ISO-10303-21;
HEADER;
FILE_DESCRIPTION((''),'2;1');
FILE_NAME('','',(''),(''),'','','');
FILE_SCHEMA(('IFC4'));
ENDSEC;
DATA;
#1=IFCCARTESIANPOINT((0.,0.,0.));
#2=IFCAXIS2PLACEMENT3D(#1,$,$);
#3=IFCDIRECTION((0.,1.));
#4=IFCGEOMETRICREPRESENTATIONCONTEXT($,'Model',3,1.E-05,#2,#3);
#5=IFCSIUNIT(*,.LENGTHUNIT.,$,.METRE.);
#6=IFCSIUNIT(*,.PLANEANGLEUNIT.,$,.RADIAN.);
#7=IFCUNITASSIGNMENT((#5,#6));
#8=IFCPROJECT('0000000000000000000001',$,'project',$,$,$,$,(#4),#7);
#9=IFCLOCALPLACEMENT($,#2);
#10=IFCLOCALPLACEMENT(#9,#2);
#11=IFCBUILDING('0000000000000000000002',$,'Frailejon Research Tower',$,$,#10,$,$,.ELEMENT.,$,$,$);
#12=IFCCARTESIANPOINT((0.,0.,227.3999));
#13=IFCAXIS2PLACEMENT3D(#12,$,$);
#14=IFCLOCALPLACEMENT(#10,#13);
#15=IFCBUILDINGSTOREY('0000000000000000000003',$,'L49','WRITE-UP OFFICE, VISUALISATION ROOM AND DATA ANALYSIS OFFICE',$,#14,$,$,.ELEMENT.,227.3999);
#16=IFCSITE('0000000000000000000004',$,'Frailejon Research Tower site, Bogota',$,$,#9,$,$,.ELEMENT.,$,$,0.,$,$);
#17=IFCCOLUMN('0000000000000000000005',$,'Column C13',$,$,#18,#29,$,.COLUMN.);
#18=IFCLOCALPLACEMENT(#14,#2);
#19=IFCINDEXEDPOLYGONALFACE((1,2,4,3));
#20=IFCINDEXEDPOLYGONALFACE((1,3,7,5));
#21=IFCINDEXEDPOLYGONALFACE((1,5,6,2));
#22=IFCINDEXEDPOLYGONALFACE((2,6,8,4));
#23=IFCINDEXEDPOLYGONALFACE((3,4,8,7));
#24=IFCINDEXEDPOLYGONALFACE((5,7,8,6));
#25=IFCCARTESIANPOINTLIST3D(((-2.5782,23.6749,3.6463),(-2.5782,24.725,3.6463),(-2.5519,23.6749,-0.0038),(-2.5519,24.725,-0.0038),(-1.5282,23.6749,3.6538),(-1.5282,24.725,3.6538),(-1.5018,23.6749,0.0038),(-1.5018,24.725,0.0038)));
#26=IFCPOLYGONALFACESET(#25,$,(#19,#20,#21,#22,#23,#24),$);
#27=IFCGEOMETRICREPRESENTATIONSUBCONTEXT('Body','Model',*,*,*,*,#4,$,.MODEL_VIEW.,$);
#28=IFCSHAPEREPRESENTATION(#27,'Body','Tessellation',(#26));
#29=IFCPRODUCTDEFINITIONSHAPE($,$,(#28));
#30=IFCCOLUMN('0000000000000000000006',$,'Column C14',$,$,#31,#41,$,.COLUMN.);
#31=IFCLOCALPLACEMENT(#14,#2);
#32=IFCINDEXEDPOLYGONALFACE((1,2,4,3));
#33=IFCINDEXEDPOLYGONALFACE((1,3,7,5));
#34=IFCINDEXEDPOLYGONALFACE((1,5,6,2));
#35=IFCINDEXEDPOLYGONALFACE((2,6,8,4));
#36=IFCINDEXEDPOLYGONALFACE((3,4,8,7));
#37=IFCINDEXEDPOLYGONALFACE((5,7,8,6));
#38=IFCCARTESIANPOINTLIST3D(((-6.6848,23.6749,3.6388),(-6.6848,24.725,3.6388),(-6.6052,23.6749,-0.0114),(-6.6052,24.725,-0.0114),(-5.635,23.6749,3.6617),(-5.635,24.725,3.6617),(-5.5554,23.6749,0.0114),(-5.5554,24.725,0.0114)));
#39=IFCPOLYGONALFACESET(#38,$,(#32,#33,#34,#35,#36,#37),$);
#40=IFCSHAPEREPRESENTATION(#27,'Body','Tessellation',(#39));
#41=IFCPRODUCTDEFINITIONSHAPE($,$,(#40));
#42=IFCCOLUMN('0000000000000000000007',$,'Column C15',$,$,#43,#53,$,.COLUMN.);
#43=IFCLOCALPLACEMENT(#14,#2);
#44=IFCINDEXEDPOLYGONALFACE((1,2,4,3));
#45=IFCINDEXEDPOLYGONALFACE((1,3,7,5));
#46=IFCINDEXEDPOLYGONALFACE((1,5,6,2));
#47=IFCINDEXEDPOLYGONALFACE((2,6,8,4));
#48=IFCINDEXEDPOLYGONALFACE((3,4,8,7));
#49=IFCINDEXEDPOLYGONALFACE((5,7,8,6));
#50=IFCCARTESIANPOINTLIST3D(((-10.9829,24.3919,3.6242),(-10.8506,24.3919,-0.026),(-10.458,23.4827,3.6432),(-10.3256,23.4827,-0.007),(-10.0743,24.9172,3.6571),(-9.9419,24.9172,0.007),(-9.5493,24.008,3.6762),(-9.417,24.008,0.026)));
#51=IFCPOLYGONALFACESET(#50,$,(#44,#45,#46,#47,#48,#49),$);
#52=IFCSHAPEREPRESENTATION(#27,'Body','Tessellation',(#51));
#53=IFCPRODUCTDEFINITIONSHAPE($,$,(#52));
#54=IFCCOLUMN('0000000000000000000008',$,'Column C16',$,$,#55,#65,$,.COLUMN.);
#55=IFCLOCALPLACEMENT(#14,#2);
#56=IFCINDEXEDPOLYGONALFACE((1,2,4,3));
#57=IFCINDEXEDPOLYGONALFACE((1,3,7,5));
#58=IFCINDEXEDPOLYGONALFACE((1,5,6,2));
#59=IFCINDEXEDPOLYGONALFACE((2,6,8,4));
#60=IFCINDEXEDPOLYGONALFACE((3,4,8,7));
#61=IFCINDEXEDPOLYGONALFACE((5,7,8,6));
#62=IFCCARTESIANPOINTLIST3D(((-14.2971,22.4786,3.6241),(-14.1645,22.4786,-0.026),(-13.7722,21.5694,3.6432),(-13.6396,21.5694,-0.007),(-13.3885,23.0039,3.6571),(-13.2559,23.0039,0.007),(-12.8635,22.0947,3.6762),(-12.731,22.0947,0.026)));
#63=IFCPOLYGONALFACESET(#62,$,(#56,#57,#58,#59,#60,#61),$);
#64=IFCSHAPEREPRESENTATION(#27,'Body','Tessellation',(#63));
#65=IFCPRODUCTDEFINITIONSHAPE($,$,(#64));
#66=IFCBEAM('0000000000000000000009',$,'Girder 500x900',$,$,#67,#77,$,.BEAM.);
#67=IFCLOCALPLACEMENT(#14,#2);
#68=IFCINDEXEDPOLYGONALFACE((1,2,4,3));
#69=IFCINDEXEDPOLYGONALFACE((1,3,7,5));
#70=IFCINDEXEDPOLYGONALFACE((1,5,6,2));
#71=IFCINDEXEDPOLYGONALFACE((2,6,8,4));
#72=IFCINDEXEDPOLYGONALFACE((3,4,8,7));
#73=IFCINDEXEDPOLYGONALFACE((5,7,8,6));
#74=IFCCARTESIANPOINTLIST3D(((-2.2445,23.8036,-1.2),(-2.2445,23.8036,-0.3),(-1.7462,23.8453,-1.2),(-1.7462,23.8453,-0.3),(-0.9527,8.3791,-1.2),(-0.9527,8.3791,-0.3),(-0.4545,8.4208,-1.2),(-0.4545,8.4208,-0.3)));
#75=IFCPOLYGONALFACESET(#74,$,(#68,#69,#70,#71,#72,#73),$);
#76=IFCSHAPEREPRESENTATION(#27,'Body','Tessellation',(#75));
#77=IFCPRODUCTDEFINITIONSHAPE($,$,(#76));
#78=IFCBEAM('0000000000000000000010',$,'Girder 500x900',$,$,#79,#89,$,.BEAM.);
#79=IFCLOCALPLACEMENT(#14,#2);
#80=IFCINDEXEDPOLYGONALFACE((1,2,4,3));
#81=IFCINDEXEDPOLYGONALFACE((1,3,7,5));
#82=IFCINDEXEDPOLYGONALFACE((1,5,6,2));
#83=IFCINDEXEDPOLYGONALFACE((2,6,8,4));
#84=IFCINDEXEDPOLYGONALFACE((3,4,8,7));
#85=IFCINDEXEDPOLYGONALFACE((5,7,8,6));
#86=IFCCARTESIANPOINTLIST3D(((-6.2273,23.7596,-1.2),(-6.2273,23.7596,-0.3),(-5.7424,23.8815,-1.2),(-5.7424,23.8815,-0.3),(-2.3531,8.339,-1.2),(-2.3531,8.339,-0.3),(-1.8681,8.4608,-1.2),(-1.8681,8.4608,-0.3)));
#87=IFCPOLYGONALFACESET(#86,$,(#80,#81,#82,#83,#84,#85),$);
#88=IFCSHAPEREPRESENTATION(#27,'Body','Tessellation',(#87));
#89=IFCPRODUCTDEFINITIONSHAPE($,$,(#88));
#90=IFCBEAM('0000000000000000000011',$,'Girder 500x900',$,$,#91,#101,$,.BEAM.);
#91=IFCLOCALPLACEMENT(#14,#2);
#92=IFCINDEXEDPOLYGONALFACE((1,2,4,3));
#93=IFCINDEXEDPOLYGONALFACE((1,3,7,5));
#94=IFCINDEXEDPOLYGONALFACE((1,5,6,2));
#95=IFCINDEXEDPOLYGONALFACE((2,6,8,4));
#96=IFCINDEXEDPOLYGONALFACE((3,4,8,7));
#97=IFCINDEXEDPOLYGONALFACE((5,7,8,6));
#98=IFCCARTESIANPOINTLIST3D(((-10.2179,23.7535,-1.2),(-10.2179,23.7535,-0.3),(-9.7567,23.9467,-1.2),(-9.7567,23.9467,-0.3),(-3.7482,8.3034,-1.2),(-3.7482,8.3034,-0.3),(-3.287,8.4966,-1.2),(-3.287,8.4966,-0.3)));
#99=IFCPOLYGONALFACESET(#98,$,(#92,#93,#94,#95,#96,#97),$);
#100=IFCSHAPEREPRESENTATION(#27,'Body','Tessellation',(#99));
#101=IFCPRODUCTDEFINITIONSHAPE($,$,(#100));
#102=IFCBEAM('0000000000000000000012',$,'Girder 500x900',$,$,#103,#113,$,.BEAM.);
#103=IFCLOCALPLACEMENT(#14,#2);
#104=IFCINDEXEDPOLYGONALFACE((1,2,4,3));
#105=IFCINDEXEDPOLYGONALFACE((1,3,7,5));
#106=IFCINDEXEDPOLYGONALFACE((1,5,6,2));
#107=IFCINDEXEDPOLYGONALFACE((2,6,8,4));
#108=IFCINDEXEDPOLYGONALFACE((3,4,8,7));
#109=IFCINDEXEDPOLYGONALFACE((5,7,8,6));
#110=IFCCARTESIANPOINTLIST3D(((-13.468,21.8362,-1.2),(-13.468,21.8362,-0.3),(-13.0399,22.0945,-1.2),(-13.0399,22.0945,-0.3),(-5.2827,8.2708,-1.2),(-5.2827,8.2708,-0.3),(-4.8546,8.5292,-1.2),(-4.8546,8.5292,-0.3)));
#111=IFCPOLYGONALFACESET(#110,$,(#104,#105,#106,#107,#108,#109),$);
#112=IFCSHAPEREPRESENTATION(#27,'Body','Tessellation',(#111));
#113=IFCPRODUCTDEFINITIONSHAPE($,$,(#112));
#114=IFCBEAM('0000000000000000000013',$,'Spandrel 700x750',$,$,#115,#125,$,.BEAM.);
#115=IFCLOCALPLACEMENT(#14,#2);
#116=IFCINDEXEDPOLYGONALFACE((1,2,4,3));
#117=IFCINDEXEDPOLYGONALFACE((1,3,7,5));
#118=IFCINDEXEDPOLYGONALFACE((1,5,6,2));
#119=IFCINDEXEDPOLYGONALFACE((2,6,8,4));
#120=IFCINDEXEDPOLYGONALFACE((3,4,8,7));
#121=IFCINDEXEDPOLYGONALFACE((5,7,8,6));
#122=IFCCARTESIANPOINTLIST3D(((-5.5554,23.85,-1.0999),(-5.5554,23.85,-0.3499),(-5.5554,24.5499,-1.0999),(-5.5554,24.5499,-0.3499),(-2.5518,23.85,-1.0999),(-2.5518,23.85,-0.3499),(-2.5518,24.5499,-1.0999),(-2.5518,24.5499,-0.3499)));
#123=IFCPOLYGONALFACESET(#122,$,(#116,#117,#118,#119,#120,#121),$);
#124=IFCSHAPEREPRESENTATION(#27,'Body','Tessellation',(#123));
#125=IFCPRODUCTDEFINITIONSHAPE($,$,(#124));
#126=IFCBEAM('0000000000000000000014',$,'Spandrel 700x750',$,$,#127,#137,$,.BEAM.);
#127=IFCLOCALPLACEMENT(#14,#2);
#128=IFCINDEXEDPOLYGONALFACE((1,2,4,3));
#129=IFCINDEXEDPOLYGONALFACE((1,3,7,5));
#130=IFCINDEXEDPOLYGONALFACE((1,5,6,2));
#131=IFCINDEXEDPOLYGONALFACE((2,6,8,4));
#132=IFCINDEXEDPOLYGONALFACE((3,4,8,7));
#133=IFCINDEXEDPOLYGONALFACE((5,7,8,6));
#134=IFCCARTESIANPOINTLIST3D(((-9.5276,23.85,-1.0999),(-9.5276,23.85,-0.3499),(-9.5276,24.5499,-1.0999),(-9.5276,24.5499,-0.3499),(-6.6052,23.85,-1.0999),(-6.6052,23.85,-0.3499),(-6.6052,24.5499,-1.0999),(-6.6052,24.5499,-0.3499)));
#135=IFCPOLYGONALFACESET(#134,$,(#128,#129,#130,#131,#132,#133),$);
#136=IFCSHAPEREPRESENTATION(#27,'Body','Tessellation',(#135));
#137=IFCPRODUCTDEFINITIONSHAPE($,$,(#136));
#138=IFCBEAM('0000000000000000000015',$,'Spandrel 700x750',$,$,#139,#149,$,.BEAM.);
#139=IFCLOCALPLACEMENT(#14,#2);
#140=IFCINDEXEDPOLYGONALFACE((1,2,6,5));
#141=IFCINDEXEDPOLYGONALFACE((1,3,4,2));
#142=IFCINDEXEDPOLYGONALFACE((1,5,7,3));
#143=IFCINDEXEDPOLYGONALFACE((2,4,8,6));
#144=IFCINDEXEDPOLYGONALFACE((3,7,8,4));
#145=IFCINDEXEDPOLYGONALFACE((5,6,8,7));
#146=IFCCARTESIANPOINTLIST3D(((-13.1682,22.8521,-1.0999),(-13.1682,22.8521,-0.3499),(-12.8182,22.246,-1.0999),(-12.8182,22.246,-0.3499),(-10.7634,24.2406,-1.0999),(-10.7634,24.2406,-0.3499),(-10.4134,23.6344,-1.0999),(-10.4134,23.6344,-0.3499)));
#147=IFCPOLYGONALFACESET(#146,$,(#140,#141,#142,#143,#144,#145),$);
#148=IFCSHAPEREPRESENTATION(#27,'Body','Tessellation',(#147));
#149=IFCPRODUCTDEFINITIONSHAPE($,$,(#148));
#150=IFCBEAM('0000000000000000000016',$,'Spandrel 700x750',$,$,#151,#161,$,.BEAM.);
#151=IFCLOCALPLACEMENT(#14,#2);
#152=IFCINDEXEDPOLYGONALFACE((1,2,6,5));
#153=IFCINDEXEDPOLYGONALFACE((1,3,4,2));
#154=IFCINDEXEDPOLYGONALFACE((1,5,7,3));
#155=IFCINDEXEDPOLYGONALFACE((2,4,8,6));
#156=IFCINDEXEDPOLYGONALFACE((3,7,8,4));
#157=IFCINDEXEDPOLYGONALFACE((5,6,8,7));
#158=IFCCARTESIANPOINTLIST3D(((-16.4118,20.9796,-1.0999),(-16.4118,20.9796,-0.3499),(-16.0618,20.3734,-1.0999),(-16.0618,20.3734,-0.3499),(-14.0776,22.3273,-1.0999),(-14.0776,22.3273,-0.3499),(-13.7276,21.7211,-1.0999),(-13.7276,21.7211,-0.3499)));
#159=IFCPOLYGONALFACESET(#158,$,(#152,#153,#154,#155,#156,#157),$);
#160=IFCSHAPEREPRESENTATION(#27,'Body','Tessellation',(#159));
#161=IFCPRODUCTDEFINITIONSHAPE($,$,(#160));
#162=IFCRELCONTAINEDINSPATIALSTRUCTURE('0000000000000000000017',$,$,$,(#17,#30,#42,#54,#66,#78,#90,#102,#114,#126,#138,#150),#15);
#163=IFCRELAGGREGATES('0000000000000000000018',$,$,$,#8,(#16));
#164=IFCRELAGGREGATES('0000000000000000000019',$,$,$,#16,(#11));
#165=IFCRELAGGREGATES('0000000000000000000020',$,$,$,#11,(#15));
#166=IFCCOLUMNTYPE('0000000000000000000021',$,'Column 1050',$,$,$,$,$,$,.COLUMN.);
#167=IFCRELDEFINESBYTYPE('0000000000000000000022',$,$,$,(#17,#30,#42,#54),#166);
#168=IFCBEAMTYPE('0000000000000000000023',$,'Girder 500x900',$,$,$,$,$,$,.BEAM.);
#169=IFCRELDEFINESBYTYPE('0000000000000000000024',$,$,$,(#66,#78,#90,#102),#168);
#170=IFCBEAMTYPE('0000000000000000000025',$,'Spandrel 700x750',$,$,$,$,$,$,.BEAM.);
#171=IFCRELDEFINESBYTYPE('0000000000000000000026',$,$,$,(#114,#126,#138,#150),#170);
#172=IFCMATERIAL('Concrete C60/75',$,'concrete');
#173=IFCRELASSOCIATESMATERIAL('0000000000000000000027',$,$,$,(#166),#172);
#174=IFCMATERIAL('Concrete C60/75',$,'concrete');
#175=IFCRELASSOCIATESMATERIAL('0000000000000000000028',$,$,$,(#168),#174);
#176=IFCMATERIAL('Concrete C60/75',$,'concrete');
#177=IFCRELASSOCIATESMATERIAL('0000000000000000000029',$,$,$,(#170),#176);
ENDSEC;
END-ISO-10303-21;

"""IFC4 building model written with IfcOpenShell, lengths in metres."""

from ifc_helpers import new_model, si_unit, direction, frame, origin, origin_2d, place, context, subcontext, project, spatial, rectangle, extrude, material, material_profile, profile_set, type_object, element, save


model = new_model("IFC4")

# Units and contexts
model_context = context("Model", 3, precision=1e-05, world=origin(), true_north=direction((0.0, 1.0)))
body_context = subcontext(model_context, "Body", "Model", "MODEL_VIEW")
ifc_project = project(units=[si_unit("LENGTHUNIT", "METRE"), si_unit("PLANEANGLEUNIT", "RADIAN")], contexts=[model_context])

# Site, building, storey
site_placement = place(None, origin())
site = spatial("IfcSite", under=ifc_project, at=site_placement, Name="Frailejon Research Tower site, Bogota", CompositionType="ELEMENT", RefElevation=0.0)
building_placement = place(site_placement, origin())
building = spatial("IfcBuilding", under=site, at=building_placement, Name="Frailejon Research Tower", CompositionType="ELEMENT")
storey_placement = place(building_placement, frame((0.0, 0.0, 227.3999)))
storey = spatial("IfcBuildingStorey", under=building, at=storey_placement, Name="L49", Description="WRITE-UP OFFICE, VISUALISATION ROOM AND DATA ANALYSIS OFFICE", CompositionType="ELEMENT", Elevation=227.3999)

# Columns
ifc_material_1 = material(Name="Concrete C60/75", Category="concrete")
ifc_material_profile_1 = material_profile(ifc_material_1, rectangle(XDim=1.05, YDim=1.05, at=origin_2d()), Name="Column 1050")
ifc_profile_set_1 = profile_set([ifc_material_profile_1], Name="Concrete C60/75")
column_type = type_object("IfcColumnType", Name="Column 1050", PredefinedType="COLUMN", material=ifc_profile_set_1)
column_1_placement = place(storey_placement, frame((-2.0269, 24.2, 0.0), z_axis=(-0.007223, 0.0, 0.999974), x_axis=(-0.999974, 0.0, -0.007223)))
element("IfcColumn", 1, at=column_1_placement, inside=storey, type_object=column_type, Name="Column C13", PredefinedType="COLUMN", context=body_context, shape_type="SweptSolid", body=[
    extrude(rectangle(XDim=1.05, YDim=1.05, at=origin_2d()), origin(), (0.0, 0.0, 1.0), 3.6501),
])
column_2_placement = place(storey_placement, frame((-6.0803, 24.2, 0.0), z_axis=(-0.021799, 0.0, 0.999762), x_axis=(-0.999762, 0.0, -0.021799)))
element("IfcColumn", 2, at=column_2_placement, inside=storey, type_object=column_type, Name="Column C14", PredefinedType="COLUMN", context=body_context, shape_type="SweptSolid", body=[
    extrude(rectangle(XDim=1.05, YDim=1.05, at=origin_2d()), origin(), (0.0, 0.0, 1.0), 3.6511),
])
for number, where, z_axis, x_axis, name in (
    (3, (-10.1338, 24.2, 0.0), (-0.036228, 0.0, 0.999344), (-0.865315, -0.500246, -0.031369), "Column C15"),
    (4, (-13.4478, 22.2866, 0.0), (-0.036295, 0.0, 0.999341), (-0.865313, -0.500246, -0.031427), "Column C16"),
):
    element("IfcColumn", number, at=place(storey_placement, frame(where, z_axis=z_axis, x_axis=x_axis)), inside=storey, type_object=column_type, Name=name, PredefinedType="COLUMN", context=body_context, shape_type="SweptSolid", body=[
        extrude(rectangle(XDim=1.05, YDim=1.05, at=origin_2d()), origin(), (0.0, 0.0, 1.0), 3.6526),
    ])

# Beams
ifc_material_2 = material(Name="Concrete C60/75", Category="concrete")
ifc_material_profile_2 = material_profile(ifc_material_2, rectangle(XDim=0.5, YDim=0.8999, at=origin_2d()), Name="Girder 500x900")
ifc_profile_set_2 = profile_set([ifc_material_profile_2], Name="Concrete C60/75")
beam_type_1 = type_object("IfcBeamType", Name="Girder 500x900", PredefinedType="BEAM", material=ifc_profile_set_2)
beam_1_placement = place(storey_placement, frame((-1.9954, 23.8245, -0.75), z_axis=(0.083454, -0.996512, 0.0), x_axis=(0.996512, 0.083454, 0.0)))
element("IfcBeam", 5, at=beam_1_placement, inside=storey, type_object=beam_type_1, Name="Girder 500x900", PredefinedType="BEAM", context=body_context, shape_type="SweptSolid", body=[
    extrude(rectangle(XDim=0.5, YDim=0.8999, at=origin_2d()), origin(), (0.0, 0.0, 1.0), 15.4785),
])
beam_2_placement = place(storey_placement, frame((-5.9849, 23.8206, -0.75), z_axis=(0.243666, -0.969859, 0.0), x_axis=(0.969859, 0.243666, 0.0)))
element("IfcBeam", 6, at=beam_2_placement, inside=storey, type_object=beam_type_1, Name="Girder 500x900", PredefinedType="BEAM", context=body_context, shape_type="SweptSolid", body=[
    extrude(rectangle(XDim=0.5, YDim=0.8999, at=origin_2d()), origin(), (0.0, 0.0, 1.0), 15.8999),
])
beam_3_placement = place(storey_placement, frame((-9.9873, 23.8501, -0.75), z_axis=(0.38625, -0.922394, 0.0), x_axis=(0.922394, 0.38625, 0.0)))
element("IfcBeam", 7, at=beam_3_placement, inside=storey, type_object=beam_type_1, Name="Girder 500x900", PredefinedType="BEAM", context=body_context, shape_type="SweptSolid", body=[
    extrude(rectangle(XDim=0.5, YDim=0.8999, at=origin_2d()), origin(), (0.0, 0.0, 1.0), 16.75),
])
beam_4_placement = place(storey_placement, frame((-13.2539, 21.9653, -0.75), z_axis=(0.516631, -0.856208, 0.0), x_axis=(0.856208, 0.516631, 0.0)))
element("IfcBeam", 8, at=beam_4_placement, inside=storey, type_object=beam_type_1, Name="Girder 500x900", PredefinedType="BEAM", context=body_context, shape_type="SweptSolid", body=[
    extrude(rectangle(XDim=0.5, YDim=0.8999, at=origin_2d()), origin(), (0.0, 0.0, 1.0), 15.8435),
])
ifc_material_3 = material(Name="Concrete C60/75", Category="concrete")
ifc_material_profile_3 = material_profile(ifc_material_3, rectangle(XDim=0.7, YDim=0.75, at=origin_2d()), Name="Spandrel 700x750")
ifc_profile_set_3 = profile_set([ifc_material_profile_3], Name="Concrete C60/75")
beam_type_2 = type_object("IfcBeamType", Name="Spandrel 700x750", PredefinedType="BEAM", material=ifc_profile_set_3)
beam_5_placement = place(storey_placement, frame((-2.5518, 24.2, -0.7249), z_axis=(-1.0, 0.0, 0.0), x_axis=(0.0, -1.0, 0.0)))
element("IfcBeam", 9, at=beam_5_placement, inside=storey, type_object=beam_type_2, Name="Spandrel 700x750", PredefinedType="BEAM", context=body_context, shape_type="SweptSolid", body=[
    extrude(rectangle(XDim=0.7, YDim=0.75, at=origin_2d()), origin(), (0.0, 0.0, 1.0), 3.0037),
])
beam_6_placement = place(storey_placement, frame((-6.6052, 24.2, -0.7249), z_axis=(-1.0, 0.0, 0.0), x_axis=(0.0, -1.0, 0.0)))
element("IfcBeam", 10, at=beam_6_placement, inside=storey, type_object=beam_type_2, Name="Spandrel 700x750", PredefinedType="BEAM", context=body_context, shape_type="SweptSolid", body=[
    extrude(rectangle(XDim=0.7, YDim=0.75, at=origin_2d()), origin(), (0.0, 0.0, 1.0), 2.9224),
])
beam_7_placement = place(storey_placement, frame((-10.5884, 23.9375, -0.7249), z_axis=(-0.866022, -0.500007, 0.0), x_axis=(0.500007, -0.866022, 0.0)))
element("IfcBeam", 11, at=beam_7_placement, inside=storey, type_object=beam_type_2, Name="Spandrel 700x750", PredefinedType="BEAM", context=body_context, shape_type="SweptSolid", body=[
    extrude(rectangle(XDim=0.7, YDim=0.75, at=origin_2d()), origin(), (0.0, 0.0, 1.0), 2.7769),
])
beam_8_placement = place(storey_placement, frame((-13.9026, 22.0242, -0.7249), z_axis=(-0.866027, -0.499997, 0.0), x_axis=(0.499997, -0.866027, 0.0)))
element("IfcBeam", 12, at=beam_8_placement, inside=storey, type_object=beam_type_2, Name="Spandrel 700x750", PredefinedType="BEAM", context=body_context, shape_type="SweptSolid", body=[
    extrude(rectangle(XDim=0.7, YDim=0.75, at=origin_2d()), origin(), (0.0, 0.0, 1.0), 2.6953),
])

save(model, "model.ifc")
